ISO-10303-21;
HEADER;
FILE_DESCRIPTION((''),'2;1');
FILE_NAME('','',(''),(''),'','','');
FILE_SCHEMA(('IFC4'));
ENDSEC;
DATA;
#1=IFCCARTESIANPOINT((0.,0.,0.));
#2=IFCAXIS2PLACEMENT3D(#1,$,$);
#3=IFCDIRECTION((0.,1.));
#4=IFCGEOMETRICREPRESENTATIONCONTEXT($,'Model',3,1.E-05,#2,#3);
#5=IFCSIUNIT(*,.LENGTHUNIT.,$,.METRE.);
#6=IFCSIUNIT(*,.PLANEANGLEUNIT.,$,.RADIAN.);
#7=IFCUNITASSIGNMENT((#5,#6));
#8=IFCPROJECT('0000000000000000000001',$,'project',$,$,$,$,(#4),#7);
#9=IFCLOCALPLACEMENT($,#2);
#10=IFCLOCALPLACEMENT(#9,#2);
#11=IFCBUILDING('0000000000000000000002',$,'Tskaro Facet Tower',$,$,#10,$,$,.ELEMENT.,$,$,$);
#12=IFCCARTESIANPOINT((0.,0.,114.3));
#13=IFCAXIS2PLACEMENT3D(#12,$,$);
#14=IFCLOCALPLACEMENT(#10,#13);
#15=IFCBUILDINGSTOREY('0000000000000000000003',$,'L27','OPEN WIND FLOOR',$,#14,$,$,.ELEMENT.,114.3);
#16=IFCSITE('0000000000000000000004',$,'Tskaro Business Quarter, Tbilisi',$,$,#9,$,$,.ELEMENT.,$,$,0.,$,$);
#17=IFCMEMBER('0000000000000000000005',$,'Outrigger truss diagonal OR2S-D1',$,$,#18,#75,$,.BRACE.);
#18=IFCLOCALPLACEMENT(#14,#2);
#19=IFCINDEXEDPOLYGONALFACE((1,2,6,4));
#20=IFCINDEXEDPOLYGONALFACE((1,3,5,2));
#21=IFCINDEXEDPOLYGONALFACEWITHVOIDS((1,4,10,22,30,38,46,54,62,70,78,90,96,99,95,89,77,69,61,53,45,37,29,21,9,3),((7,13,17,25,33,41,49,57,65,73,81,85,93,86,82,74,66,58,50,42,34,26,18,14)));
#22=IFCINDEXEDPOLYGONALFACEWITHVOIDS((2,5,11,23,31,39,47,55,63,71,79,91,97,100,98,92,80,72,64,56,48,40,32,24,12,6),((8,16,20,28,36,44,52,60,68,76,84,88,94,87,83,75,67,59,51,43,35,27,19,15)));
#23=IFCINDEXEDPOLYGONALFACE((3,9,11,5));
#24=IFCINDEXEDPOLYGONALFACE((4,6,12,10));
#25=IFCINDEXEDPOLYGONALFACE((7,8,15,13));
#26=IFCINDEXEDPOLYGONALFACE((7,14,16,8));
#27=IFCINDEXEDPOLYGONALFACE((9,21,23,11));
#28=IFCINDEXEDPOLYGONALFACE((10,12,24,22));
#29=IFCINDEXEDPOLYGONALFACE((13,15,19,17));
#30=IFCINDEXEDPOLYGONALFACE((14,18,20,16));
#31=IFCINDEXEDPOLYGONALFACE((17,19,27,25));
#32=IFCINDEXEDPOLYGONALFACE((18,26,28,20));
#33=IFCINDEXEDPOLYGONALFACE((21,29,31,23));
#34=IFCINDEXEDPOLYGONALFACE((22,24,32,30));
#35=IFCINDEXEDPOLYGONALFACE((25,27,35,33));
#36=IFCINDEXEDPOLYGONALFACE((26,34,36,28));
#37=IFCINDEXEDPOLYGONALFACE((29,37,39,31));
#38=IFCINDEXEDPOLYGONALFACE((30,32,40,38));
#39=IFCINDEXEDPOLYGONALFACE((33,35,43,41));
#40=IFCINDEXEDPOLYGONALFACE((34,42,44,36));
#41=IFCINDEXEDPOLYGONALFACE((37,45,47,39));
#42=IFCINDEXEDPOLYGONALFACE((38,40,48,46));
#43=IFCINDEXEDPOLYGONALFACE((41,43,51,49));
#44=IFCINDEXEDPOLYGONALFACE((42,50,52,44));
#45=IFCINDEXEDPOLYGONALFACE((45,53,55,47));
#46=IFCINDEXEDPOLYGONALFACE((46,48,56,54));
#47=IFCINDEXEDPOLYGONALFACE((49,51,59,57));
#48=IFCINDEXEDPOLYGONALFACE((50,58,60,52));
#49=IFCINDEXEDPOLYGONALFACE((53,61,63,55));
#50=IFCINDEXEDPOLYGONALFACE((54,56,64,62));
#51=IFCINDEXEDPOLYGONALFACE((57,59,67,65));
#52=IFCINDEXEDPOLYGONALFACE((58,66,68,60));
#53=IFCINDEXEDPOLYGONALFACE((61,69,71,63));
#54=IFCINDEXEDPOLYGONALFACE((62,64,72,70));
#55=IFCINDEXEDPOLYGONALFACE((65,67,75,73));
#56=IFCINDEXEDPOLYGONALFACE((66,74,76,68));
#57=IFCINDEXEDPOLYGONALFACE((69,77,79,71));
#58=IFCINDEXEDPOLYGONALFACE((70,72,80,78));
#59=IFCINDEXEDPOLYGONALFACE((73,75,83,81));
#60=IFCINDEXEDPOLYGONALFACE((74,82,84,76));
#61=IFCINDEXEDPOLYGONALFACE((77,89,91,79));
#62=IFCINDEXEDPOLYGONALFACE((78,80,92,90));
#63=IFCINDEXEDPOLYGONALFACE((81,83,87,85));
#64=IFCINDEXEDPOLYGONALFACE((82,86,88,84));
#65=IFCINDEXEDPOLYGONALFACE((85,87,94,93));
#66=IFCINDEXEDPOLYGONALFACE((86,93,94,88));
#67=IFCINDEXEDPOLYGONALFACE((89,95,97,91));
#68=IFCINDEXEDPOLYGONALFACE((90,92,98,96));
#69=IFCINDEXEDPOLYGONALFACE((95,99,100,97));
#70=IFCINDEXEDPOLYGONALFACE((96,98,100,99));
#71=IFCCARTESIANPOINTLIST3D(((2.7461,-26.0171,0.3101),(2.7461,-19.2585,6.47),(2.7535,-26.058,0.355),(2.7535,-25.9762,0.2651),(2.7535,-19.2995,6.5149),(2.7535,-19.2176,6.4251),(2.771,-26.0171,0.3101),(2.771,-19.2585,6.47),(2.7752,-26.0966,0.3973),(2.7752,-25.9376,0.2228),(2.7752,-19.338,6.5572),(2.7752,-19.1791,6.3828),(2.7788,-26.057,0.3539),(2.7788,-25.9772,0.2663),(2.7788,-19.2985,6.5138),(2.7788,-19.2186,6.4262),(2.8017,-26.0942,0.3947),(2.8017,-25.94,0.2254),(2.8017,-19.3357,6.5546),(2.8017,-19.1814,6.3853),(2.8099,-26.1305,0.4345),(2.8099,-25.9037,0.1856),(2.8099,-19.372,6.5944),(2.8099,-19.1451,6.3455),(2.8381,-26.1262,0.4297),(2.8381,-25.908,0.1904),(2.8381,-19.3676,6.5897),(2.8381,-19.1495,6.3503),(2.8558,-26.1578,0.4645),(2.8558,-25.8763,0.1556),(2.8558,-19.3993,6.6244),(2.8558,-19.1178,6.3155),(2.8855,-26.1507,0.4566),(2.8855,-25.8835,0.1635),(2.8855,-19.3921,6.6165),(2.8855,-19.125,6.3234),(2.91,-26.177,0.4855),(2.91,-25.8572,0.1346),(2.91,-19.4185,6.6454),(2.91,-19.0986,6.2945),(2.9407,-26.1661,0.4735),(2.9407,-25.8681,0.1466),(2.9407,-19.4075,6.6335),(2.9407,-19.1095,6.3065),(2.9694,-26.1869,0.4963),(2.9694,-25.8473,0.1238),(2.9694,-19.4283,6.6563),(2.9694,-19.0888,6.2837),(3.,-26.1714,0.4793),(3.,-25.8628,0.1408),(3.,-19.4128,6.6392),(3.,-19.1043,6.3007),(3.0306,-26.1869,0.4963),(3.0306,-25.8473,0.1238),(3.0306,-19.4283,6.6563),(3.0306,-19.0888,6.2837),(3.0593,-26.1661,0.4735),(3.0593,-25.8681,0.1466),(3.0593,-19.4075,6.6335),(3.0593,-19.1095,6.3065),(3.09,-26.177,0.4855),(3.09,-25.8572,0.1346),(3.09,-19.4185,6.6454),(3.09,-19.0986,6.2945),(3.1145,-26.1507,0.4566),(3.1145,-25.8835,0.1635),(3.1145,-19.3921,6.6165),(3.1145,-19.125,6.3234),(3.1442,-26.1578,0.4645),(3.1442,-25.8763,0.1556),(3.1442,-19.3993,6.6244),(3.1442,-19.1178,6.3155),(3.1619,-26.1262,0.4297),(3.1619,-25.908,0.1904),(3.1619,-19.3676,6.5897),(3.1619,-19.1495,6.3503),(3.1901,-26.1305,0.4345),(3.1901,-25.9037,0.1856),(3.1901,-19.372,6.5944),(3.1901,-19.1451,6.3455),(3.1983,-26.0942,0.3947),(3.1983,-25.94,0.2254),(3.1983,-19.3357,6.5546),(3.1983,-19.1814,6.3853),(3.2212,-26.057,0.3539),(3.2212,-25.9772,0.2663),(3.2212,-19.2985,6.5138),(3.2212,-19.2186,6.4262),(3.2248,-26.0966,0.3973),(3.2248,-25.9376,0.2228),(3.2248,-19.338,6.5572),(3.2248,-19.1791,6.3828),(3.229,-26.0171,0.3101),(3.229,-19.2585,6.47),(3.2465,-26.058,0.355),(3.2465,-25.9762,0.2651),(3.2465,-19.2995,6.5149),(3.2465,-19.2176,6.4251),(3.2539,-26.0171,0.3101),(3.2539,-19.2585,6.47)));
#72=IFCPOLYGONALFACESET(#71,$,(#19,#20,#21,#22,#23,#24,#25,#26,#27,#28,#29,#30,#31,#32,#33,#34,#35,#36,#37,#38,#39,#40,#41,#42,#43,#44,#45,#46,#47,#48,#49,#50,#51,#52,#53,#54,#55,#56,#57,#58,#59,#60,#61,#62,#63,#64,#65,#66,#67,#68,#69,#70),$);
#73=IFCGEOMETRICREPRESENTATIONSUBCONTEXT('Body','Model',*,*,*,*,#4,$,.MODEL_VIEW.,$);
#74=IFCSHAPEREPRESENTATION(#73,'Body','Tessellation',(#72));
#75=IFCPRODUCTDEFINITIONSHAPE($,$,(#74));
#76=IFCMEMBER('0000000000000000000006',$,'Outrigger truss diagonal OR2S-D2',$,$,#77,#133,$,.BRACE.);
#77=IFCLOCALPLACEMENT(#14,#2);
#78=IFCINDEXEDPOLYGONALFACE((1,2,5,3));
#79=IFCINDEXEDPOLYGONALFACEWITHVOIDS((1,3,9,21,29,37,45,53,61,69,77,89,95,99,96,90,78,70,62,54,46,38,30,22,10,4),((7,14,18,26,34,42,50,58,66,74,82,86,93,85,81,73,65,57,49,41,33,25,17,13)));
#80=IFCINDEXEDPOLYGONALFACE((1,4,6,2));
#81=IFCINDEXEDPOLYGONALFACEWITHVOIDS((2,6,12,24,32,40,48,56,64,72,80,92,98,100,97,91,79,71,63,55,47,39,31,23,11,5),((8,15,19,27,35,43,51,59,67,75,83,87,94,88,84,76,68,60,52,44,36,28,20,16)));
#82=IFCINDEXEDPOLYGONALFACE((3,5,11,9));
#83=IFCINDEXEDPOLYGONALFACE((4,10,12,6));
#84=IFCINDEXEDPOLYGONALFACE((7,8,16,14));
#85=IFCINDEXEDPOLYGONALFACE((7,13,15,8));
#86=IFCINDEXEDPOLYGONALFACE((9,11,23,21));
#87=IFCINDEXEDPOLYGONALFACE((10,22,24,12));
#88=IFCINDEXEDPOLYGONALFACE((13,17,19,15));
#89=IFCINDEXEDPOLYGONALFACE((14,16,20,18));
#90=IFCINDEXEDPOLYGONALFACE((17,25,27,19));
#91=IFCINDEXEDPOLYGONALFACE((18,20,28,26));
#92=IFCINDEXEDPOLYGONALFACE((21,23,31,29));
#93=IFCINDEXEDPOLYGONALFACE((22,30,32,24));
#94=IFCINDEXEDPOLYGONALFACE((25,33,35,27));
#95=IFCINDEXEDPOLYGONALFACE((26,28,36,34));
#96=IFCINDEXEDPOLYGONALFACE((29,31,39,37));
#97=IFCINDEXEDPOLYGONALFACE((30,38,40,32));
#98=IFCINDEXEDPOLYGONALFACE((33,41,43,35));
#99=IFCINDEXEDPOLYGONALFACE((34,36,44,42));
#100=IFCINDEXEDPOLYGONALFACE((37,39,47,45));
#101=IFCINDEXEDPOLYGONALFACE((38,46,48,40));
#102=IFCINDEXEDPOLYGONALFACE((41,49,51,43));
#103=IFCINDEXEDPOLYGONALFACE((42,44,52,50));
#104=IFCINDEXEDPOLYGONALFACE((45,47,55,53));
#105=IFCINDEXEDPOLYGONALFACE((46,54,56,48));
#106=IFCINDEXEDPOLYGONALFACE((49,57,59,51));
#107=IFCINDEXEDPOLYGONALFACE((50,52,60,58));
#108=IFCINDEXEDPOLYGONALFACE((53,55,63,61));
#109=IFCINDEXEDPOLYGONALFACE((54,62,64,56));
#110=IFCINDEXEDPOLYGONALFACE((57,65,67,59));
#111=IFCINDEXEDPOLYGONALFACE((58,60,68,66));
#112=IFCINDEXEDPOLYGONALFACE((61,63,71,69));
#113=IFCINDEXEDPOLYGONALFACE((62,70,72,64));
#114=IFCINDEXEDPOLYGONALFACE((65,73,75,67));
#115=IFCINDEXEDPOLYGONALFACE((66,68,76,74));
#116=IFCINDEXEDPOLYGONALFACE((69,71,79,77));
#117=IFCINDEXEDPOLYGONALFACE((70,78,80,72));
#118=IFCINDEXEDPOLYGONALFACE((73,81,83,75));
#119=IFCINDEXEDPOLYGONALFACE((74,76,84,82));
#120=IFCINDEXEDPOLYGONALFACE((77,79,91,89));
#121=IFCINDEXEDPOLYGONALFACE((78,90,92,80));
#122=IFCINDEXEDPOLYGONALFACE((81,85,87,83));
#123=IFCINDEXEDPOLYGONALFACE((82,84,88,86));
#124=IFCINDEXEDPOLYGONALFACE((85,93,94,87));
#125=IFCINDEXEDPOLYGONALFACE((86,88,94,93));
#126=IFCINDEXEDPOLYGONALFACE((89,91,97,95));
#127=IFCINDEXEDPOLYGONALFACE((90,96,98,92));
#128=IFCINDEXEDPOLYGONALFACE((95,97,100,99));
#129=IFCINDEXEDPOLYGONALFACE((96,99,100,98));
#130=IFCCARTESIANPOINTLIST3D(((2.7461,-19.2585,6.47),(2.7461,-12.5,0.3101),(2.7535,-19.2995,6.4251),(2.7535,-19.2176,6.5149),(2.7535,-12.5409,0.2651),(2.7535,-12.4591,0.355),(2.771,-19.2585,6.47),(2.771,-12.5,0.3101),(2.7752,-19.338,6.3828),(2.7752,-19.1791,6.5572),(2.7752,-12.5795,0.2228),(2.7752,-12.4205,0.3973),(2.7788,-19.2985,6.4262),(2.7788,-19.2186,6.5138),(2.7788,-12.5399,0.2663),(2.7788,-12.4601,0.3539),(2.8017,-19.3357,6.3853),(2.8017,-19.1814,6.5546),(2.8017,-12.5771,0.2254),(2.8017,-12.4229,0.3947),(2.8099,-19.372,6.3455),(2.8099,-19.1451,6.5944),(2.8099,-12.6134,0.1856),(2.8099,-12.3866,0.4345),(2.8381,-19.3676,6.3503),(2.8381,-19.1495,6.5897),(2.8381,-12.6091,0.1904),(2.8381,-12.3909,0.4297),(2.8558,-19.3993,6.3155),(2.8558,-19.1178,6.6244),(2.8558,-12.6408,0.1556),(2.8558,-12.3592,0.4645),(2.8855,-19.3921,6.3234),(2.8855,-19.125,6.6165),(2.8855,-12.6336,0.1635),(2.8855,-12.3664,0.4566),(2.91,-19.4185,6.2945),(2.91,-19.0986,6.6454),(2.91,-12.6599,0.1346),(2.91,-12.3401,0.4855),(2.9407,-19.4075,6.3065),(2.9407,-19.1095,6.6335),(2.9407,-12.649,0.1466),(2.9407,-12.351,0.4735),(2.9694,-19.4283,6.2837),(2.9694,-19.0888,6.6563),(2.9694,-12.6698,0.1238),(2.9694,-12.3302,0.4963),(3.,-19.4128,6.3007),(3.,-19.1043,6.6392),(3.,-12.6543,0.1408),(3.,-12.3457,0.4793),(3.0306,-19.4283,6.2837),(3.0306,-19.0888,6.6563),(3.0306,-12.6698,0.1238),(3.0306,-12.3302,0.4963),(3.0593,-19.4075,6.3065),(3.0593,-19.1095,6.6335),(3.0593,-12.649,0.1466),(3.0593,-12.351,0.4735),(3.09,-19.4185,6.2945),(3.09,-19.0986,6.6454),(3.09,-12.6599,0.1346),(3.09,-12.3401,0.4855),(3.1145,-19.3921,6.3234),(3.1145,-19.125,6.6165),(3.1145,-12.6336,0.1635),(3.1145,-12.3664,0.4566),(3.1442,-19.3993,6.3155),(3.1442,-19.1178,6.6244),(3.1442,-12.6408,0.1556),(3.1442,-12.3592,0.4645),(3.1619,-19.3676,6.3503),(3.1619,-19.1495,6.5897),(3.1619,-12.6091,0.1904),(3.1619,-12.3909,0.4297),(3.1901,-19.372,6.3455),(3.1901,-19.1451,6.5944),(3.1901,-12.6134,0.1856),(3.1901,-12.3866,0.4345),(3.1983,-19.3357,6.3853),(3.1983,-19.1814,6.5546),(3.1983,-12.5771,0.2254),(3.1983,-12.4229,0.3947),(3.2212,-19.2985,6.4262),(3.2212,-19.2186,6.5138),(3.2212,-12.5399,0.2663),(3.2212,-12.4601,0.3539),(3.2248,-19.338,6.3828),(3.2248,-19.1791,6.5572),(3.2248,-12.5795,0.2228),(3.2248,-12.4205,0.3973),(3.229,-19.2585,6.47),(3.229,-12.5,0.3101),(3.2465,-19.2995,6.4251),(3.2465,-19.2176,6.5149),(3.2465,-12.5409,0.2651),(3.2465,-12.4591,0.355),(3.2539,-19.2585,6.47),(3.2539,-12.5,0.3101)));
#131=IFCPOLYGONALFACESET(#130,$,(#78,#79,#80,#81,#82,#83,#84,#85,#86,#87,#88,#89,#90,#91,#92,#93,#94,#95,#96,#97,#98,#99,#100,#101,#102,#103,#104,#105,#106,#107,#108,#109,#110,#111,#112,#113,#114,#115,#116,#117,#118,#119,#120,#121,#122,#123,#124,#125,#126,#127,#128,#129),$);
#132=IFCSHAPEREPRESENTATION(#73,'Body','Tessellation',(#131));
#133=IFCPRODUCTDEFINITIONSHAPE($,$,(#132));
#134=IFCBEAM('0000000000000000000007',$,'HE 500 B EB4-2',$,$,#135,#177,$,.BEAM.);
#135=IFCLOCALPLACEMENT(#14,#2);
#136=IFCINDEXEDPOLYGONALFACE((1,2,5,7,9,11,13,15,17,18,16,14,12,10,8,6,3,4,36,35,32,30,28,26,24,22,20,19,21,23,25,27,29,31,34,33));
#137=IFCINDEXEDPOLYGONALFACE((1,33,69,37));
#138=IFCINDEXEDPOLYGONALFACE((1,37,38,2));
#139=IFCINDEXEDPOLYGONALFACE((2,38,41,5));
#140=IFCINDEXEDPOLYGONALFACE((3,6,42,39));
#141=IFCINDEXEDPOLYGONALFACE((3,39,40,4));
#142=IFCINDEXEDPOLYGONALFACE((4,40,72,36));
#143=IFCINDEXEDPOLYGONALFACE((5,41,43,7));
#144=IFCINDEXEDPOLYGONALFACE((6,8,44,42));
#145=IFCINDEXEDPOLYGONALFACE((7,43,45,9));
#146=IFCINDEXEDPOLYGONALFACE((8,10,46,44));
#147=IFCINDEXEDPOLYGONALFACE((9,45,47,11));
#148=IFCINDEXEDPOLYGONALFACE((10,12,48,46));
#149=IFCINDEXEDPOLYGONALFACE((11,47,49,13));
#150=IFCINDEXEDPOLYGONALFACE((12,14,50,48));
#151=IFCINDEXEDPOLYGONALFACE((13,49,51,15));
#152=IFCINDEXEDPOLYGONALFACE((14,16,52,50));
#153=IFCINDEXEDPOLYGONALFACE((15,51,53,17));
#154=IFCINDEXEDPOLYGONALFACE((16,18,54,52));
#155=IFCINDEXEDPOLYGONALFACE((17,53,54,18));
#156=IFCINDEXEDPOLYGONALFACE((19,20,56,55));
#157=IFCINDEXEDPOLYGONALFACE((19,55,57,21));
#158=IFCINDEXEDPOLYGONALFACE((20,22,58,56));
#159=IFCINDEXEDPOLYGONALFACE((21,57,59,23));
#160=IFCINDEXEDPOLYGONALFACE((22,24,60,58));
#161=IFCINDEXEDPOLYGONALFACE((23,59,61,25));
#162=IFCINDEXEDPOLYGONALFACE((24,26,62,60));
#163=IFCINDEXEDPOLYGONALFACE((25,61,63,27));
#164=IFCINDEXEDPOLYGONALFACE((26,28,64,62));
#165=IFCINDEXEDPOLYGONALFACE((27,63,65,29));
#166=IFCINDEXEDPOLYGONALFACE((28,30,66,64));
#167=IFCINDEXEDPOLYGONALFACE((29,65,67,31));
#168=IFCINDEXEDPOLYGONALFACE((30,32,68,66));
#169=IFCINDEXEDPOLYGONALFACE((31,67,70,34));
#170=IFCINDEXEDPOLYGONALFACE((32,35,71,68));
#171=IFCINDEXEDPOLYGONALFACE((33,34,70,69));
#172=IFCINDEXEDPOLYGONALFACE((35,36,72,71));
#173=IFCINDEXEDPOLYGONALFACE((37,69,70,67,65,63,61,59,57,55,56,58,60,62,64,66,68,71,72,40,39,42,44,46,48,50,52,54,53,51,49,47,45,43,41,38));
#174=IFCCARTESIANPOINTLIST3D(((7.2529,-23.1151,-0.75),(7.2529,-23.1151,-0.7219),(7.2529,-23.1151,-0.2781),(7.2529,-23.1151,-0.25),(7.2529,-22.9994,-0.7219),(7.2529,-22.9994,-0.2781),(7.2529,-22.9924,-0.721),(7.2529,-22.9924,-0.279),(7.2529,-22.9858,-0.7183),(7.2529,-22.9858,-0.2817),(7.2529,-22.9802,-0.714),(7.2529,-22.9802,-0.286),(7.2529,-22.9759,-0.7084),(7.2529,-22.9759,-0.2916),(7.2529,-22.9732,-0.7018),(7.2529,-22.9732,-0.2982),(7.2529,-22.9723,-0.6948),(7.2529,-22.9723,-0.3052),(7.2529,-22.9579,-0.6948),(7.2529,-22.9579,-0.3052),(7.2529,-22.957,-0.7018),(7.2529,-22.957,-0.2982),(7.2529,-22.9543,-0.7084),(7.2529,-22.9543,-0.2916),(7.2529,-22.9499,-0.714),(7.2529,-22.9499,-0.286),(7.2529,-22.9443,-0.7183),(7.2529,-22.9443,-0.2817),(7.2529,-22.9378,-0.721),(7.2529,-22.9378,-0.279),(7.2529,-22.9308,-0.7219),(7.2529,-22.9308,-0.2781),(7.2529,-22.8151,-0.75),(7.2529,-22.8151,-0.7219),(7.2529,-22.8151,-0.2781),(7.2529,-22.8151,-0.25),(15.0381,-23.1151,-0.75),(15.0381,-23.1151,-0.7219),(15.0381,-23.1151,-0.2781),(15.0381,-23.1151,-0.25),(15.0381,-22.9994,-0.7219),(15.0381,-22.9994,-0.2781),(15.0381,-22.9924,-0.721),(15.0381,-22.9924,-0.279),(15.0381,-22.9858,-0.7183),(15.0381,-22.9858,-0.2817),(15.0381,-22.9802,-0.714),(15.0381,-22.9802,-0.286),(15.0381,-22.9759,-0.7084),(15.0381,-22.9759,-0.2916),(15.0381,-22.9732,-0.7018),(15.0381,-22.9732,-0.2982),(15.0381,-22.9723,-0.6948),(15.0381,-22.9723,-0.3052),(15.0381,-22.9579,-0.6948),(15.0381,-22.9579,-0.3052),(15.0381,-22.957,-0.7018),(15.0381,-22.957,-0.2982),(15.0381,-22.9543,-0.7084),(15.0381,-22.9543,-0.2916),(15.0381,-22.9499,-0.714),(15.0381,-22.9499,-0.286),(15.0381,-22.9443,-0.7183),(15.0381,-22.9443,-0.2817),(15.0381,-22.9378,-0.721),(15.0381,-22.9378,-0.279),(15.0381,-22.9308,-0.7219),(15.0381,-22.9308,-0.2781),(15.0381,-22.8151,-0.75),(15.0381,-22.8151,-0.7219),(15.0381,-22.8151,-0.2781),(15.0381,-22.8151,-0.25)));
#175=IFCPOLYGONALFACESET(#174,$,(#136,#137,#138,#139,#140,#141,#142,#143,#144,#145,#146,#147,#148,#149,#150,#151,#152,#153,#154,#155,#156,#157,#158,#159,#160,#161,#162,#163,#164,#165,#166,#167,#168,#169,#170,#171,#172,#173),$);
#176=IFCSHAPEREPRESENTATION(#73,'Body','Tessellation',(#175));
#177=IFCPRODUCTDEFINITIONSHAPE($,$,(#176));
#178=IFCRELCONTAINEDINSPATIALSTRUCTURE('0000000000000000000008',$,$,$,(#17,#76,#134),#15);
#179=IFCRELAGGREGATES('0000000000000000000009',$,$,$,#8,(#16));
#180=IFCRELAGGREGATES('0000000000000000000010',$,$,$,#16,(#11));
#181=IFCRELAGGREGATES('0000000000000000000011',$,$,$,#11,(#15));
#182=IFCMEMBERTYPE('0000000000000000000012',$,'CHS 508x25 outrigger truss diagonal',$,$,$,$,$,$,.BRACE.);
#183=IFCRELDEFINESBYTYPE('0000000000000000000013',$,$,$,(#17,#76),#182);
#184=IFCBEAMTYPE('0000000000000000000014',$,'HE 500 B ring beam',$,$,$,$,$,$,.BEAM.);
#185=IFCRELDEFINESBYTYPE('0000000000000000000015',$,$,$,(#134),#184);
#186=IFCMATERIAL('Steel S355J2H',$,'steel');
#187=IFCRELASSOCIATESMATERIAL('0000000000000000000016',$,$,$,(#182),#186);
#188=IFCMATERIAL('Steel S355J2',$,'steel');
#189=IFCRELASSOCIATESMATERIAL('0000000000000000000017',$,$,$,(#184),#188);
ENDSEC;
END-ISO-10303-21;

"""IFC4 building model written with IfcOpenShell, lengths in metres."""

from ifc_helpers import new_model, si_unit, direction, frame, origin, origin_2d, place, context, subcontext, project, spatial, hollow_circle, i_section, extrude, material, material_profile, profile_set, type_object, element, save


model = new_model("IFC4")

# Units and contexts
model_context = context("Model", 3, precision=1e-05, world=origin(), true_north=direction((0.0, 1.0)))
body_context = subcontext(model_context, "Body", "Model", "MODEL_VIEW")
ifc_project = project(units=[si_unit("LENGTHUNIT", "METRE"), si_unit("PLANEANGLEUNIT", "RADIAN")], contexts=[model_context])

# Site, building, storey
site_placement = place(None, origin())
site = spatial("IfcSite", under=ifc_project, at=site_placement, Name="Tskaro Business Quarter, Tbilisi", CompositionType="ELEMENT", RefElevation=0.0)
building_placement = place(site_placement, origin())
building = spatial("IfcBuilding", under=site, at=building_placement, Name="Tskaro Facet Tower", CompositionType="ELEMENT")
storey_placement = place(building_placement, frame((0.0, 0.0, 114.3)))
storey = spatial("IfcBuildingStorey", under=building, at=storey_placement, Name="L27", Description="OPEN WIND FLOOR", CompositionType="ELEMENT", Elevation=114.3)

# Shared definitions
ifc_material_1 = material(Name="Steel S355J2H", Category="steel")

# Shared definitions
ifc_material_2 = material(Name="Steel S355J2", Category="steel")

# Members
ifc_material_profile_1 = material_profile(ifc_material_1, hollow_circle(Radius=0.2539, WallThickness=0.0249, at=origin_2d()), Name="CHS 508x25")
ifc_profile_set_1 = profile_set([ifc_material_profile_1], Name="Steel S355J2H")
member_type_1 = type_object("IfcMemberType", Name="CHS 508x25 outrigger truss diagonal", PredefinedType="BRACE", material=ifc_profile_set_1)
for number, where, z_axis, x_axis, name in (
    (1, (3.0, -26.0171, 0.3101), (0.0, 0.739081, 0.673617), (-1.0, 0.0, 0.0), "Outrigger truss diagonal OR2S-D1"),
    (2, (3.0, -19.2585, 6.47), (0.0, 0.739081, -0.673617), (-1.0, 0.0, 0.0), "Outrigger truss diagonal OR2S-D2"),
):
    element("IfcMember", number, at=place(storey_placement, frame(where, z_axis=z_axis, x_axis=x_axis)), inside=storey, type_object=member_type_1, Name=name, PredefinedType="BRACE", context=body_context, shape_type="SweptSolid", body=[
        extrude(hollow_circle(Radius=0.2539, WallThickness=0.0249, at=origin_2d()), origin(), (0.0, 0.0, 1.0), 9.1445),
    ])

# Beam
ifc_material_profile_2 = material_profile(ifc_material_2, i_section(OverallWidth=0.3, OverallDepth=0.5, WebThickness=0.0144, FlangeThickness=0.0281, FilletRadius=0.0271, at=origin_2d()), Name="HE 500 B")
ifc_profile_set_2 = profile_set([ifc_material_profile_2], Name="Steel S355J2")
beam_type_1 = type_object("IfcBeamType", Name="HE 500 B ring beam", PredefinedType="BEAM", material=ifc_profile_set_2)
beam_1_placement = place(storey_placement, frame((7.2529, -22.9651, -0.5), z_axis=(1.0, 0.0, 0.0), x_axis=(0.0, 1.0, 0.0)))
element("IfcBeam", 3, at=beam_1_placement, inside=storey, type_object=beam_type_1, Name="HE 500 B EB4-2", PredefinedType="BEAM", context=body_context, shape_type="SweptSolid", body=[
    extrude(i_section(OverallWidth=0.3, OverallDepth=0.5, WebThickness=0.0144, FlangeThickness=0.0281, FilletRadius=0.0271, at=origin_2d()), origin(), (0.0, 0.0, 1.0), 7.7852),
])

save(model, "model.ifc")
